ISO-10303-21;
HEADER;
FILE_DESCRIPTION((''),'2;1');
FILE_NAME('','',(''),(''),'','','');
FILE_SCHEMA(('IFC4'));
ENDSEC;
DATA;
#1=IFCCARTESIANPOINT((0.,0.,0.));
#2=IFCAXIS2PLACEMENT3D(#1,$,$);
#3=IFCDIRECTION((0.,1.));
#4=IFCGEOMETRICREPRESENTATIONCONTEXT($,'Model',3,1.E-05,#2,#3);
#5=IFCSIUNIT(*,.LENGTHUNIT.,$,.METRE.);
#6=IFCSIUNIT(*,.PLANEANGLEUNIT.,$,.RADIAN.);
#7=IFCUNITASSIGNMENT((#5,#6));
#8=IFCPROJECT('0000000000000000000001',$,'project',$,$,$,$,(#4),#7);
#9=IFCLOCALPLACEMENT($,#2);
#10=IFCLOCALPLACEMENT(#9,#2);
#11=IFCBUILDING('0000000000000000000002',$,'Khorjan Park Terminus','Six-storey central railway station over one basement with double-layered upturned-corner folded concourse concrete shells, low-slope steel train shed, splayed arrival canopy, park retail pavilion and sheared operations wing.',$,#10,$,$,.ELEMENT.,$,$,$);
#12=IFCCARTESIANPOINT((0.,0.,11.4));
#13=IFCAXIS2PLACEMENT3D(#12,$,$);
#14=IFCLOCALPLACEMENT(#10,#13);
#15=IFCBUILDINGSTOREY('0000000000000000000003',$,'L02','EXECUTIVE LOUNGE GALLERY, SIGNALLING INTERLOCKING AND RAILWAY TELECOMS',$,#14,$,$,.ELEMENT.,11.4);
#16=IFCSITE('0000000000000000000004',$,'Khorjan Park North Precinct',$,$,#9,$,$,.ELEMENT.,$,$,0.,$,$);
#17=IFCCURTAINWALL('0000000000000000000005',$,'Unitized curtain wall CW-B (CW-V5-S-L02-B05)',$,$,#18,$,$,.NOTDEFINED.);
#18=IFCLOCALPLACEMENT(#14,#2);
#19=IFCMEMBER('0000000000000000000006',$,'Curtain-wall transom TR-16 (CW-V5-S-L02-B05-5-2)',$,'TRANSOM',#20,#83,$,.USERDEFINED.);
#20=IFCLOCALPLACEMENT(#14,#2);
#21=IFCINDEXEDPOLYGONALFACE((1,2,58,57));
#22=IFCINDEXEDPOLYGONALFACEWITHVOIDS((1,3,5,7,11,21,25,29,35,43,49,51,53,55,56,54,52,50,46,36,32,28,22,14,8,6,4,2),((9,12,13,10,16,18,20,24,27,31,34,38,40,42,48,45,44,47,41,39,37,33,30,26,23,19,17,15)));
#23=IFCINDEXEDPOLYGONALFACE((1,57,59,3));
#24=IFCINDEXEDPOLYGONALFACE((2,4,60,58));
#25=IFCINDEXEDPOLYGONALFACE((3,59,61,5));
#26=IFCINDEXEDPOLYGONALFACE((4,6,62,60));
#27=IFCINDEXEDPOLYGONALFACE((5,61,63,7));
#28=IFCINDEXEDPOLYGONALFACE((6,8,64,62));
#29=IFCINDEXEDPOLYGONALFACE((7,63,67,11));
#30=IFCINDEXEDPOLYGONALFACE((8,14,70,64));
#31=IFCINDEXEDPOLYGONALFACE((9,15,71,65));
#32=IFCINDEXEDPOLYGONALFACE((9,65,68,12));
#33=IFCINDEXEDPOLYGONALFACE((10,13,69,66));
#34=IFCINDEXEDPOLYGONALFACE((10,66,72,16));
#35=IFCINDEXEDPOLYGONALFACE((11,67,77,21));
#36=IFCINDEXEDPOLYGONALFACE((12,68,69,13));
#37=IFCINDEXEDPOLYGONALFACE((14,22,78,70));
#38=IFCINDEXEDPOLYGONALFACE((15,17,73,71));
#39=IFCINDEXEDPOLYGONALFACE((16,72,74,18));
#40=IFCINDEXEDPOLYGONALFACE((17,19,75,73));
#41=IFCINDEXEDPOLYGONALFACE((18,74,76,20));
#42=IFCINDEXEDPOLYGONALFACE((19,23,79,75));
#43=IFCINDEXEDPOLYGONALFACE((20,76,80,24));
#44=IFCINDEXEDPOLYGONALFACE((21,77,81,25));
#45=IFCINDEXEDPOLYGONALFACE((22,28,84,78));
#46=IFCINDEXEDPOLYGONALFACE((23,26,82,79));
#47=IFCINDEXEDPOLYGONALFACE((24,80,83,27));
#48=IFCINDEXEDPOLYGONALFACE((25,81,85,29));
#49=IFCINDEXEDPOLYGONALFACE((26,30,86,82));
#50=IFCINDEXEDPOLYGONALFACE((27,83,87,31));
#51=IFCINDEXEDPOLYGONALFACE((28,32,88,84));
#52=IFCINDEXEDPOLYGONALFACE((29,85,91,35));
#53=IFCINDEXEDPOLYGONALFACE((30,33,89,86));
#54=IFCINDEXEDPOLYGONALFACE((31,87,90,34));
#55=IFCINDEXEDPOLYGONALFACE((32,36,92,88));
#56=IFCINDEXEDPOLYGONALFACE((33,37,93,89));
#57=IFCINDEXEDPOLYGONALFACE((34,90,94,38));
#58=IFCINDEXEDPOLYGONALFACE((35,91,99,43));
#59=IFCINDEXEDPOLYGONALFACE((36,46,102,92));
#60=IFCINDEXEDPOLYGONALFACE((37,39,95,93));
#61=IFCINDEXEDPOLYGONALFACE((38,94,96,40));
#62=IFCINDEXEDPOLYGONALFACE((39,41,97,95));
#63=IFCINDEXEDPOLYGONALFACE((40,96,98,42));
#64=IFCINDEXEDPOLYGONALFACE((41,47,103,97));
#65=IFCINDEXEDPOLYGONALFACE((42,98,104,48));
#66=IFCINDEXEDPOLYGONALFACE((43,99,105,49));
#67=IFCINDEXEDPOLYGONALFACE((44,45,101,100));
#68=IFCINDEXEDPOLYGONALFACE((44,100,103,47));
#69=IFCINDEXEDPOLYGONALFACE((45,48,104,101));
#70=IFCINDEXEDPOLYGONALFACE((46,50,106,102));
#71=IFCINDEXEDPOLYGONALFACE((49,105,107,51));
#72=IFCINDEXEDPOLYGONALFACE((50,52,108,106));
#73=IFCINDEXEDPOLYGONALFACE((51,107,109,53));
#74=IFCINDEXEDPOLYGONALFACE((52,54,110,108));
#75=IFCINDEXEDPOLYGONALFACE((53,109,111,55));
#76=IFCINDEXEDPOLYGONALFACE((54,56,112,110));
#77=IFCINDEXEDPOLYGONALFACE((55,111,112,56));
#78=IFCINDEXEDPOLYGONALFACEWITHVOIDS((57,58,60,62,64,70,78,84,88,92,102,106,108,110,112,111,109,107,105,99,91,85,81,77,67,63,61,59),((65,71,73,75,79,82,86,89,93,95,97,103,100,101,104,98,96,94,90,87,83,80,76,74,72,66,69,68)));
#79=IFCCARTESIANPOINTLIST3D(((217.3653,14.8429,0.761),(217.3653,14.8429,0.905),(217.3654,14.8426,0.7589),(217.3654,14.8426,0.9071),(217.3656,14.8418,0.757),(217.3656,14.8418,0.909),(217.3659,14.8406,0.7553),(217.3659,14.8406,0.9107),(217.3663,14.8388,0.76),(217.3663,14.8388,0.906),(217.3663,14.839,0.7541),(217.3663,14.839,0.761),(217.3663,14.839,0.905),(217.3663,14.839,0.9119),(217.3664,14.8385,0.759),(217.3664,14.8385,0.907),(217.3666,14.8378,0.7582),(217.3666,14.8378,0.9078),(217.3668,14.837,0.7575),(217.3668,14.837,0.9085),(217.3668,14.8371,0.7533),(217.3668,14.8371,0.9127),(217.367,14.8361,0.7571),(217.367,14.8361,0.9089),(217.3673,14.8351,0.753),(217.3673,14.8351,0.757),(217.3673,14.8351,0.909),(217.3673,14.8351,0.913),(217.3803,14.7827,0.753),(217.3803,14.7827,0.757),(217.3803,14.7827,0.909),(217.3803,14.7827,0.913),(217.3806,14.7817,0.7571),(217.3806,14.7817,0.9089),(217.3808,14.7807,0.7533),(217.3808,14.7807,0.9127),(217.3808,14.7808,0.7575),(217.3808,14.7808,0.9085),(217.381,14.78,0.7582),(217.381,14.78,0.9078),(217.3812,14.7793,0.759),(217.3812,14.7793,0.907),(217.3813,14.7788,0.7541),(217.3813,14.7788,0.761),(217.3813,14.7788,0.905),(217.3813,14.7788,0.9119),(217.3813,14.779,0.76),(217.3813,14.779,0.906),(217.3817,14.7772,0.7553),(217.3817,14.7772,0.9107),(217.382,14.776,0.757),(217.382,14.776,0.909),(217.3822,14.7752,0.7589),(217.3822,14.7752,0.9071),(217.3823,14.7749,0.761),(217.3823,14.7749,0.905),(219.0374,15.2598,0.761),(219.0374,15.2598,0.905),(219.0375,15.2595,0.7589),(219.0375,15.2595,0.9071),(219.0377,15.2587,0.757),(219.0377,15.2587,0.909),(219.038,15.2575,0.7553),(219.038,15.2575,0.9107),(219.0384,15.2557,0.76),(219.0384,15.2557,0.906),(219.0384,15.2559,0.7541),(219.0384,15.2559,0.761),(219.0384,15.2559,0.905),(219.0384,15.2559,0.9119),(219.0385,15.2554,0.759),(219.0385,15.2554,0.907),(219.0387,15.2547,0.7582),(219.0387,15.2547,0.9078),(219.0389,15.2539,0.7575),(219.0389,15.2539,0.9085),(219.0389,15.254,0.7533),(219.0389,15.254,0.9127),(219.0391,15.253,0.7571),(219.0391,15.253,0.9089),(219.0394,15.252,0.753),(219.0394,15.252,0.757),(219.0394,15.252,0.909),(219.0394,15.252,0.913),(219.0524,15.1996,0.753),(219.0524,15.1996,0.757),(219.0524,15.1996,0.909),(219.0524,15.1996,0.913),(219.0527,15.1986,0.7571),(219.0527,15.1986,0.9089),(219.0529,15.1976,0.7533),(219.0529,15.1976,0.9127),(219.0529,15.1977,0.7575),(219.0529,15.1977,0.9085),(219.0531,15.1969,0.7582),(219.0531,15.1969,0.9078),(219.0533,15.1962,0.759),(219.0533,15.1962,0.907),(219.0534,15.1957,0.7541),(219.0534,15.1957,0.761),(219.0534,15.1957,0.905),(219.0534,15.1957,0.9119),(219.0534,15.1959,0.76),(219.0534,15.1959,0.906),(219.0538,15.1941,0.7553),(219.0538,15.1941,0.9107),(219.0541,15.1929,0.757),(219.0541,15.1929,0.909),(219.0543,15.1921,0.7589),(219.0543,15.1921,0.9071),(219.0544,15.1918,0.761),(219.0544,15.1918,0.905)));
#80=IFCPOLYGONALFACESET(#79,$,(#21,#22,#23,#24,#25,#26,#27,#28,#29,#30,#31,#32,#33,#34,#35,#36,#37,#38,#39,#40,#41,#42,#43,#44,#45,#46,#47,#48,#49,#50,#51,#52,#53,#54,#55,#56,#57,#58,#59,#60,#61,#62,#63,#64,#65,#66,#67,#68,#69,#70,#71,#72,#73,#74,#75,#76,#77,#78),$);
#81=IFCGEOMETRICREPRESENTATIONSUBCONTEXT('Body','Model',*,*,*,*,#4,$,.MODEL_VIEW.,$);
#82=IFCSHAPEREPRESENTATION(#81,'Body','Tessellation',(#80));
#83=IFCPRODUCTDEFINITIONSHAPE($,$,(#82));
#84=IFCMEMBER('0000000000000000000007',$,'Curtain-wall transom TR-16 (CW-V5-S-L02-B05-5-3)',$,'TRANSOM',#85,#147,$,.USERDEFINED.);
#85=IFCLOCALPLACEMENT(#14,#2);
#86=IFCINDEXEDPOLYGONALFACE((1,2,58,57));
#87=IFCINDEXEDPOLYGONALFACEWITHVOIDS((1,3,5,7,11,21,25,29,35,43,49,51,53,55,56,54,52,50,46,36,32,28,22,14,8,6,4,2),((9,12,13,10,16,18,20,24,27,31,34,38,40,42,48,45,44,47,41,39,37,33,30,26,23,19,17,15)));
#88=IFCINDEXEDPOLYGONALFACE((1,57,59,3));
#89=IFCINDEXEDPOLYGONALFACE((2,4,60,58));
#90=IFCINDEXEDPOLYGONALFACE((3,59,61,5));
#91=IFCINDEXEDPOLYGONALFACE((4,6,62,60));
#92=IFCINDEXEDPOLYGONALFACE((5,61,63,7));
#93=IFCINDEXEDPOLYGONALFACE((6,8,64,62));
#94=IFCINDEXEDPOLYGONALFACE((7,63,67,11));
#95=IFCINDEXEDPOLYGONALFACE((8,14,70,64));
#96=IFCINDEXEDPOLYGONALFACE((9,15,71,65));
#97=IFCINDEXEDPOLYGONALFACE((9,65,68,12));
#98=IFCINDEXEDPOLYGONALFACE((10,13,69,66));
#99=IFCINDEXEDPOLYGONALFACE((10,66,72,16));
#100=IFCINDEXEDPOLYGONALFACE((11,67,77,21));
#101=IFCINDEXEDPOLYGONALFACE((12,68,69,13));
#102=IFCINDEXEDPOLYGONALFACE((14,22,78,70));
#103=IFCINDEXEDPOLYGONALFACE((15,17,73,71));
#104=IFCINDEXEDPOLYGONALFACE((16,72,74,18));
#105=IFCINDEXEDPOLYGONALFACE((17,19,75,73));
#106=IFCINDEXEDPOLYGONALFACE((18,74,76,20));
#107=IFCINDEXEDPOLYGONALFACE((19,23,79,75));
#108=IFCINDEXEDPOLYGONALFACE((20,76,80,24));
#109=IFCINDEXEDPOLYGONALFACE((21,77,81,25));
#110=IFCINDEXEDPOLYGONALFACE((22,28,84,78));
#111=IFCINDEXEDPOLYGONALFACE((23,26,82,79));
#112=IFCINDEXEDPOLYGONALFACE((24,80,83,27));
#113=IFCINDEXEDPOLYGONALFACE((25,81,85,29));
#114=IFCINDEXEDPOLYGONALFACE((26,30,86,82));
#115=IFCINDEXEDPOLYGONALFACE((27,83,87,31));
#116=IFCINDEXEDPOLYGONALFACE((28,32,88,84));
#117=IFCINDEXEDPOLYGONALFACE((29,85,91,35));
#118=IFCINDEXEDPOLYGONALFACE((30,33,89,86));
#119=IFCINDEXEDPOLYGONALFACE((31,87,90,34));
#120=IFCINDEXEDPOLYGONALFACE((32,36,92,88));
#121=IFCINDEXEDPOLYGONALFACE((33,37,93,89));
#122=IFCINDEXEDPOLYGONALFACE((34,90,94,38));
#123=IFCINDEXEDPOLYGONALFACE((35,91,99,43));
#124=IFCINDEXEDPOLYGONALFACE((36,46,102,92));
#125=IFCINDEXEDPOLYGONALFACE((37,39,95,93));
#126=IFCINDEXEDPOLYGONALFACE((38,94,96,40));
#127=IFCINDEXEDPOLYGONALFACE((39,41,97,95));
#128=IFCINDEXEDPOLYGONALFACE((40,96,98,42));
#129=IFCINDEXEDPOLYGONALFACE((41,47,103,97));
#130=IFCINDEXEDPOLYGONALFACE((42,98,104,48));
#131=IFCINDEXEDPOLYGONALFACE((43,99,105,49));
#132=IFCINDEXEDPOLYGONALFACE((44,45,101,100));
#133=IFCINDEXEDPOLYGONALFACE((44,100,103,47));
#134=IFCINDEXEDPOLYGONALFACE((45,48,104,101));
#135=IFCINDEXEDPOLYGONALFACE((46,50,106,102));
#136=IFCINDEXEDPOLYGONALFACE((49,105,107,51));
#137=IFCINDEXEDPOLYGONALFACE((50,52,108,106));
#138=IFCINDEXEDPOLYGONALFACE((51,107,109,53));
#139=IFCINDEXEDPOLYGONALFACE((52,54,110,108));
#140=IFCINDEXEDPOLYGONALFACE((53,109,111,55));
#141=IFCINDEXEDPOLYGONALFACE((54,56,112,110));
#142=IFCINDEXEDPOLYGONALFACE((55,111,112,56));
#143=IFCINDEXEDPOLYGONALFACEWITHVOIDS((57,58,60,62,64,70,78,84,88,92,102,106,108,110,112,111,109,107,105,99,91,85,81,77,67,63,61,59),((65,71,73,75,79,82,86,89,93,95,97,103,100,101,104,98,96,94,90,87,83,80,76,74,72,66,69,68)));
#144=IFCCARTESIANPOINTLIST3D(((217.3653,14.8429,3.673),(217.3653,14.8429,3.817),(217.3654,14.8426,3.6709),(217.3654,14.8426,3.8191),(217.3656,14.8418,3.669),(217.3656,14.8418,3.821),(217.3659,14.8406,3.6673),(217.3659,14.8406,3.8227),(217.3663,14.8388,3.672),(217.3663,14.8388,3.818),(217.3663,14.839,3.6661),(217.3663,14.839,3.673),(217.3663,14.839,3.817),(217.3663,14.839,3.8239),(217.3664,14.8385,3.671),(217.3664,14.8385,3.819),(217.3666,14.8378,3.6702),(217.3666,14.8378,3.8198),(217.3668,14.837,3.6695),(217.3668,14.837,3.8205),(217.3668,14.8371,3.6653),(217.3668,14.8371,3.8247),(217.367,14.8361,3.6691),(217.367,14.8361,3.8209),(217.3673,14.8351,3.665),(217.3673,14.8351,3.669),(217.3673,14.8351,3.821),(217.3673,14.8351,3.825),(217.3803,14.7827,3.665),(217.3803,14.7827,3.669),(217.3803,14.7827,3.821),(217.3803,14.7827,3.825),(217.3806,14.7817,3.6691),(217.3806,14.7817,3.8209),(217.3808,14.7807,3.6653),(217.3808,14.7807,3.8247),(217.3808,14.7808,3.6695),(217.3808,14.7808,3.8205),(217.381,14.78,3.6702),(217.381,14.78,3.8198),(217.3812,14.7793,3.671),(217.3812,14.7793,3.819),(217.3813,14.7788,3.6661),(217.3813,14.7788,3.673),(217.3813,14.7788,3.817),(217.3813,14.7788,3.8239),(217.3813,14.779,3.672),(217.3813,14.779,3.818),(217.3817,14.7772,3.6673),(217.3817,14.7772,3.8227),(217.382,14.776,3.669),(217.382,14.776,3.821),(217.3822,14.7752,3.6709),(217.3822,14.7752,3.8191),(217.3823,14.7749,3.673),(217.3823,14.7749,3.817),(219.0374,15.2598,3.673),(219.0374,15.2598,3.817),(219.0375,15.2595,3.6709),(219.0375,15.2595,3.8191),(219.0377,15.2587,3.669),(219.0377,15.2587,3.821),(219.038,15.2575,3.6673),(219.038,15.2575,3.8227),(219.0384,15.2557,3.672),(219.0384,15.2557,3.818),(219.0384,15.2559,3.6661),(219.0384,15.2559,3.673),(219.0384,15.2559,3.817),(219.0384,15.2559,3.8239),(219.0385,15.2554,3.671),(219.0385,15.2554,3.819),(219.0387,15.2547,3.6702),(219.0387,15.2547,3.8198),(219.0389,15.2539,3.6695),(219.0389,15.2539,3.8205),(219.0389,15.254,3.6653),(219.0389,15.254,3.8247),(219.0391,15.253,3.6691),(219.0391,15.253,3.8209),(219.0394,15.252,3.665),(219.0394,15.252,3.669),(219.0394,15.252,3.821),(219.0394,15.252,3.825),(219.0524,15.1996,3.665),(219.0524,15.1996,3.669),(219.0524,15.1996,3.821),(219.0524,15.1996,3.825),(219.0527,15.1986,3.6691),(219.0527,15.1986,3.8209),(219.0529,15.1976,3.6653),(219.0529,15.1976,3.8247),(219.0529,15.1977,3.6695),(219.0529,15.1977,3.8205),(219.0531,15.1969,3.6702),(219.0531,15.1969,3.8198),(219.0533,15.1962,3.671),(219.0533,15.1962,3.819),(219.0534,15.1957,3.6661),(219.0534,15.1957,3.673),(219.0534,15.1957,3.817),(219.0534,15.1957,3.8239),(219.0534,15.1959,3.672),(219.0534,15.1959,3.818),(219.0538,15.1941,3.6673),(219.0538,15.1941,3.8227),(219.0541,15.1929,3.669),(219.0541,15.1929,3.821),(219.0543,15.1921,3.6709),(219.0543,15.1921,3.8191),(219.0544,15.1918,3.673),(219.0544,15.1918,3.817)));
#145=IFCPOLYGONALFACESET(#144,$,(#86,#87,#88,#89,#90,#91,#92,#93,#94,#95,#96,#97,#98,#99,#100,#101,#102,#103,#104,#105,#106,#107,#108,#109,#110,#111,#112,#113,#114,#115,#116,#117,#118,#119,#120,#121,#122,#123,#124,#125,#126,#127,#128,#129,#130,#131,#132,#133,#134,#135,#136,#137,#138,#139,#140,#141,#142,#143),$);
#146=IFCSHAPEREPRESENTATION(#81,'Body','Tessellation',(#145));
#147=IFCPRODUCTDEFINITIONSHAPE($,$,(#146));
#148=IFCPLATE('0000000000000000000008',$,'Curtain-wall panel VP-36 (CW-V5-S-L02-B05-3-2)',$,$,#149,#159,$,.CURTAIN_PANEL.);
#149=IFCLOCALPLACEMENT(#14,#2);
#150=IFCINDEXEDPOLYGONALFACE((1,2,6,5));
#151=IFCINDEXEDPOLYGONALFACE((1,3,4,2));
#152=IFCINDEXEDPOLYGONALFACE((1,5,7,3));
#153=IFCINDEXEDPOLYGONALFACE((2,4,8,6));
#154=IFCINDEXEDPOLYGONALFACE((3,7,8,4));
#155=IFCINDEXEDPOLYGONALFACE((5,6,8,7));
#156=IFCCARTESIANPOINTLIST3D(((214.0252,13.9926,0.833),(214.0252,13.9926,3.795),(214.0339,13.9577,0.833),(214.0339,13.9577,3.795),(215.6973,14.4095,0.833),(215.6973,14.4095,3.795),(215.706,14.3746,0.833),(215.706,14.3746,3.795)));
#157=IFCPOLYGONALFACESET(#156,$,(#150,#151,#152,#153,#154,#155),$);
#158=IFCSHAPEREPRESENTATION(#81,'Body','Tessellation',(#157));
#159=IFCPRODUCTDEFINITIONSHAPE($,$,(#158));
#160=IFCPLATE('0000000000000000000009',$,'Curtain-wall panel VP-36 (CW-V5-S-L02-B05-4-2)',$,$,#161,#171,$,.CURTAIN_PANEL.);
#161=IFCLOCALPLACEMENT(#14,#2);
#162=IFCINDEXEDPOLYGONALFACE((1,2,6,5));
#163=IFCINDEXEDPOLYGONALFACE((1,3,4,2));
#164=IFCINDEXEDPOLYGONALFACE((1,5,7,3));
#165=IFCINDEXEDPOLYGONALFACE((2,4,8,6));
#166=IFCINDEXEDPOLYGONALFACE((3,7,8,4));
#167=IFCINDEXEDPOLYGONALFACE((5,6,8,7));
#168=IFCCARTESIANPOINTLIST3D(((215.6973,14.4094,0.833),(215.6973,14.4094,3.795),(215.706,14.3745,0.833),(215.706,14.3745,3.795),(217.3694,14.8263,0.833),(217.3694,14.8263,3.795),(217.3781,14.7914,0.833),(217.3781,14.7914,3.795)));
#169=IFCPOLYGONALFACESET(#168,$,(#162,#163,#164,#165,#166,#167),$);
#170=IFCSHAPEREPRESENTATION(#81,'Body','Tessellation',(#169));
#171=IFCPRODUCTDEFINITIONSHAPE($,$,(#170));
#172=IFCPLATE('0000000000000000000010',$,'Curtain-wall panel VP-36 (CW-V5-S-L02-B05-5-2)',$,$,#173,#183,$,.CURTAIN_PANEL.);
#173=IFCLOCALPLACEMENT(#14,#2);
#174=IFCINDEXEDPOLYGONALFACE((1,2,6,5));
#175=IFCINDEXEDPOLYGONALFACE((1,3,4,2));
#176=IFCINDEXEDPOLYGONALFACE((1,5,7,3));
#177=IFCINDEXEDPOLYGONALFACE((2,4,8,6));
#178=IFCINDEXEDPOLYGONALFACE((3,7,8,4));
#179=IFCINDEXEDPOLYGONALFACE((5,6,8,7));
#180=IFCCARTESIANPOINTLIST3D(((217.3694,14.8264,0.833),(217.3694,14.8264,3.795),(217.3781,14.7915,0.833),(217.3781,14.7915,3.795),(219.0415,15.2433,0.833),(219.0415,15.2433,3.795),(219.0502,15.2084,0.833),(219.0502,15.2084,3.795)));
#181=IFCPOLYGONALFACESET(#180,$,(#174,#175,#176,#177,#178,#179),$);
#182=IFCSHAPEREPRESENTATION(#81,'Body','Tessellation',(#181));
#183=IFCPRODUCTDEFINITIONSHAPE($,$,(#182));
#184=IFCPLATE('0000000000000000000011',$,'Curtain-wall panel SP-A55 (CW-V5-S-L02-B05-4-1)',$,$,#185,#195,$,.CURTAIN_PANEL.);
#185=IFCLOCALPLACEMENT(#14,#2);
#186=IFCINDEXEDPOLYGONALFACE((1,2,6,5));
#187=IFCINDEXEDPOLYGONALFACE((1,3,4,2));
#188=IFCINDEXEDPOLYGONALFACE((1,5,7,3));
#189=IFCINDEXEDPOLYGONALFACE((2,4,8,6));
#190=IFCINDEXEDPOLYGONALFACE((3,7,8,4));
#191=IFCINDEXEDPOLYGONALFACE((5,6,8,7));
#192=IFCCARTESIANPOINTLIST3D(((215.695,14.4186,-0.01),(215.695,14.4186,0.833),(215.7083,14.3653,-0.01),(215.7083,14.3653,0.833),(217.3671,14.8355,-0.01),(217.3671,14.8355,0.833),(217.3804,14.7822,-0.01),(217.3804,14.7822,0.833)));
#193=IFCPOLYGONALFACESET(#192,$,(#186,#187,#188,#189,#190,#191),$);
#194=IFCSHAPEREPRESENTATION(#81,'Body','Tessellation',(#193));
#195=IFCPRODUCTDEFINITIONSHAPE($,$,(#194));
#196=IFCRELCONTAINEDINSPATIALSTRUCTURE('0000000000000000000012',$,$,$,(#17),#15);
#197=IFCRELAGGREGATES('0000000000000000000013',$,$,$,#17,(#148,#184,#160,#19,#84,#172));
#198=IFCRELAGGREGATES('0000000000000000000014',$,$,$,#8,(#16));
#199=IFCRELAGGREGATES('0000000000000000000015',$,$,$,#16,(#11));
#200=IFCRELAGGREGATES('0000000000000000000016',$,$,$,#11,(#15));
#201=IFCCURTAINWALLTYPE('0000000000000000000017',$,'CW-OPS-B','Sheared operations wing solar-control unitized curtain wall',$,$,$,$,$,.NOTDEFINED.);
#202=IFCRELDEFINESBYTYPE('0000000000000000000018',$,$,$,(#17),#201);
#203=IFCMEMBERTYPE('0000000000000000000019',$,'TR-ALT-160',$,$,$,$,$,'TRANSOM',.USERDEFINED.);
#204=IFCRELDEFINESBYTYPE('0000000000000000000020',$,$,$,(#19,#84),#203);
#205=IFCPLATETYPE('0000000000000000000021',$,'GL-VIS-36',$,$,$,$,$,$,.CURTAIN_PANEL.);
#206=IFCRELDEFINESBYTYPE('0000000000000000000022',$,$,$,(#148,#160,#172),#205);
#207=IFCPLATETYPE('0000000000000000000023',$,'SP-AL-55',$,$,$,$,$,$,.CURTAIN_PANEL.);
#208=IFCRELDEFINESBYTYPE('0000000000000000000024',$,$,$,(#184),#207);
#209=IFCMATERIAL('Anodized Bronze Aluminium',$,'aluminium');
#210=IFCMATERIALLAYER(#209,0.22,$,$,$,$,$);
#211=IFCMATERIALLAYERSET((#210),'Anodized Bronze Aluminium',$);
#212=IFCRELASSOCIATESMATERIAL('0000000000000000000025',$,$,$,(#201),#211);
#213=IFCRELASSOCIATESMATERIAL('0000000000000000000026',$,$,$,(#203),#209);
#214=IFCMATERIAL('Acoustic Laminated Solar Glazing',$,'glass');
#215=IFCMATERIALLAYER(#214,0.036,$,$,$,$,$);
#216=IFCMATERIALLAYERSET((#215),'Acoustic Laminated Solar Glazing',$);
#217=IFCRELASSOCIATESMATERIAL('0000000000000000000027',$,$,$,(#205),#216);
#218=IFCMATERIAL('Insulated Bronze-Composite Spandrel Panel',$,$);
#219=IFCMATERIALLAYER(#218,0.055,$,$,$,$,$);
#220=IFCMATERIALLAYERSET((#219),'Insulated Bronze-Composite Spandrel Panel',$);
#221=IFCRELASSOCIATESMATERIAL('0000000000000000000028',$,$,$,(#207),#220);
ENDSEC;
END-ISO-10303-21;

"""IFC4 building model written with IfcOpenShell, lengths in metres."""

from ifc_helpers import new_model, si_unit, direction, frame, origin, origin_2d, place, context, subcontext, project, spatial, rectangle, hollow_rectangle, extrude, material, layer, layer_set, material_profile, profile_set, type_object, element, aggregate, save


model = new_model("IFC4")

# Units and contexts
model_context = context("Model", 3, precision=1e-05, world=origin(), true_north=direction((0.0, 1.0)))
body_context = subcontext(model_context, "Body", "Model", "MODEL_VIEW")
ifc_project = project(units=[si_unit("LENGTHUNIT", "METRE"), si_unit("PLANEANGLEUNIT", "RADIAN")], contexts=[model_context])

# Site, building, storey
site_placement = place(None, origin())
site = spatial("IfcSite", under=ifc_project, at=site_placement, Name="Khorjan Park North Precinct", CompositionType="ELEMENT", RefElevation=0.0)
building_placement = place(site_placement, origin())
building = spatial("IfcBuilding", under=site, at=building_placement, Name="Khorjan Park Terminus", Description="Six-storey central railway station over one basement with double-layered upturned-corner folded concourse concrete shells, low-slope steel train shed, splayed arrival canopy, park retail pavilion and sheared operations wing.", CompositionType="ELEMENT")
storey_placement = place(building_placement, frame((0.0, 0.0, 11.4)))
storey = spatial("IfcBuildingStorey", under=building, at=storey_placement, Name="L02", Description="EXECUTIVE LOUNGE GALLERY, SIGNALLING INTERLOCKING AND RAILWAY TELECOMS", CompositionType="ELEMENT", Elevation=11.4)

# Curtain wall, members, plates
ifc_material_1 = material(Name="Anodized Bronze Aluminium", Category="aluminium")
ifc_layer_1 = layer(ifc_material_1, 0.22)
ifc_layer_set_1 = layer_set([ifc_layer_1], Name="Anodized Bronze Aluminium")
curtain_wall_type = type_object("IfcCurtainWallType", Name="CW-OPS-B", Description="Sheared operations wing solar-control unitized curtain wall", PredefinedType="NOTDEFINED", material=ifc_layer_set_1)
curtain_wall_placement = place(storey_placement, origin())
curtain_wall = element("IfcCurtainWall", 1, at=curtain_wall_placement, inside=storey, type_object=curtain_wall_type, Name="Unitized curtain wall CW-B (CW-V5-S-L02-B05)", PredefinedType="NOTDEFINED")
ifc_material_profile_1 = material_profile(ifc_material_1, hollow_rectangle(XDim=0.07, YDim=0.16, WallThickness=0.004, InnerFilletRadius=0.004, OuterFilletRadius=0.008, at=origin_2d()), Name="ALT 70x160x4")
ifc_profile_set_1 = profile_set([ifc_material_profile_1], Name="Anodized Bronze Aluminium")
member_type_1 = type_object("IfcMemberType", Name="TR-ALT-160", ElementType="TRANSOM", PredefinedType="USERDEFINED", material=ifc_profile_set_1)
member_1_placement = place(storey_placement, frame((217.3738, 14.8089, 0.833), z_axis=(0.970296, 0.241921, 0.0), x_axis=(-0.241921, 0.970296, 0.0)))
member_1 = element("IfcMember", 2, at=member_1_placement, type_object=member_type_1, Name="Curtain-wall transom TR-16 (CW-V5-S-L02-B05-5-2)", ObjectType="TRANSOM", PredefinedType="USERDEFINED", context=body_context, shape_type="SweptSolid", body=[
    extrude(hollow_rectangle(XDim=0.07, YDim=0.16, WallThickness=0.004, InnerFilletRadius=0.004, OuterFilletRadius=0.008, at=origin_2d()), origin(), (0.0, 0.0, 1.0), 1.7233),
])
member_2_placement = place(storey_placement, frame((217.3738, 14.8089, 3.745), z_axis=(0.970296, 0.241921, 0.0), x_axis=(-0.241921, 0.970296, 0.0)))
member_2 = element("IfcMember", 3, at=member_2_placement, type_object=member_type_1, Name="Curtain-wall transom TR-16 (CW-V5-S-L02-B05-5-3)", ObjectType="TRANSOM", PredefinedType="USERDEFINED", context=body_context, shape_type="SweptSolid", body=[
    extrude(hollow_rectangle(XDim=0.07, YDim=0.16, WallThickness=0.004, InnerFilletRadius=0.004, OuterFilletRadius=0.008, at=origin_2d()), origin(), (0.0, 0.0, 1.0), 1.7233),
])
ifc_material_2 = material(Name="Acoustic Laminated Solar Glazing", Category="glass")
ifc_layer_2 = layer(ifc_material_2, 0.036)
ifc_layer_set_2 = layer_set([ifc_layer_2], Name="Acoustic Laminated Solar Glazing")
plate_type_1 = type_object("IfcPlateType", Name="GL-VIS-36", PredefinedType="CURTAIN_PANEL", material=ifc_layer_set_2)
plate_1_placement = place(storey_placement, frame((214.8656, 14.1836, 0.833), z_axis=(0.0, 0.0, 1.0), x_axis=(0.970298, 0.241912, 0.0)))
plate_1 = element("IfcPlate", 4, at=plate_1_placement, type_object=plate_type_1, Name="Curtain-wall panel VP-36 (CW-V5-S-L02-B05-3-2)", PredefinedType="CURTAIN_PANEL", context=body_context, shape_type="SweptSolid", body=[
    extrude(rectangle(XDim=1.7233, YDim=0.036, at=origin_2d()), origin(), (0.0, 0.0, 1.0), 2.962),
])
plate_2_placement = place(storey_placement, frame((216.5377, 14.6004, 0.833), z_axis=(0.0, 0.0, 1.0), x_axis=(0.970298, 0.241912, 0.0)))
plate_2 = element("IfcPlate", 5, at=plate_2_placement, type_object=plate_type_1, Name="Curtain-wall panel VP-36 (CW-V5-S-L02-B05-4-2)", PredefinedType="CURTAIN_PANEL", context=body_context, shape_type="SweptSolid", body=[
    extrude(rectangle(XDim=1.7233, YDim=0.036, at=origin_2d()), origin(), (0.0, 0.0, 1.0), 2.962),
])
plate_3_placement = place(storey_placement, frame((218.2098, 15.0174, 0.833), z_axis=(0.0, 0.0, 1.0), x_axis=(0.970298, 0.241912, 0.0)))
plate_3 = element("IfcPlate", 6, at=plate_3_placement, type_object=plate_type_1, Name="Curtain-wall panel VP-36 (CW-V5-S-L02-B05-5-2)", PredefinedType="CURTAIN_PANEL", context=body_context, shape_type="SweptSolid", body=[
    extrude(rectangle(XDim=1.7233, YDim=0.036, at=origin_2d()), origin(), (0.0, 0.0, 1.0), 2.962),
])
ifc_material_3 = material(Name="Insulated Bronze-Composite Spandrel Panel")
ifc_layer_3 = layer(ifc_material_3, 0.055)
ifc_layer_set_3 = layer_set([ifc_layer_3], Name="Insulated Bronze-Composite Spandrel Panel")
plate_type_2 = type_object("IfcPlateType", Name="SP-AL-55", PredefinedType="CURTAIN_PANEL", material=ifc_layer_set_3)
plate_4_placement = place(storey_placement, frame((216.5377, 14.6004, -0.01), z_axis=(0.0, 0.0, 1.0), x_axis=(0.970298, 0.241912, 0.0)))
plate_4 = element("IfcPlate", 7, at=plate_4_placement, type_object=plate_type_2, Name="Curtain-wall panel SP-A55 (CW-V5-S-L02-B05-4-1)", PredefinedType="CURTAIN_PANEL", context=body_context, shape_type="SweptSolid", body=[
    extrude(rectangle(XDim=1.7233, YDim=0.055, at=origin_2d()), origin(), (0.0, 0.0, 1.0), 0.843),
])
aggregate(curtain_wall, [plate_1, plate_4, plate_2, member_1, member_2, plate_3])

save(model, "model.ifc")
